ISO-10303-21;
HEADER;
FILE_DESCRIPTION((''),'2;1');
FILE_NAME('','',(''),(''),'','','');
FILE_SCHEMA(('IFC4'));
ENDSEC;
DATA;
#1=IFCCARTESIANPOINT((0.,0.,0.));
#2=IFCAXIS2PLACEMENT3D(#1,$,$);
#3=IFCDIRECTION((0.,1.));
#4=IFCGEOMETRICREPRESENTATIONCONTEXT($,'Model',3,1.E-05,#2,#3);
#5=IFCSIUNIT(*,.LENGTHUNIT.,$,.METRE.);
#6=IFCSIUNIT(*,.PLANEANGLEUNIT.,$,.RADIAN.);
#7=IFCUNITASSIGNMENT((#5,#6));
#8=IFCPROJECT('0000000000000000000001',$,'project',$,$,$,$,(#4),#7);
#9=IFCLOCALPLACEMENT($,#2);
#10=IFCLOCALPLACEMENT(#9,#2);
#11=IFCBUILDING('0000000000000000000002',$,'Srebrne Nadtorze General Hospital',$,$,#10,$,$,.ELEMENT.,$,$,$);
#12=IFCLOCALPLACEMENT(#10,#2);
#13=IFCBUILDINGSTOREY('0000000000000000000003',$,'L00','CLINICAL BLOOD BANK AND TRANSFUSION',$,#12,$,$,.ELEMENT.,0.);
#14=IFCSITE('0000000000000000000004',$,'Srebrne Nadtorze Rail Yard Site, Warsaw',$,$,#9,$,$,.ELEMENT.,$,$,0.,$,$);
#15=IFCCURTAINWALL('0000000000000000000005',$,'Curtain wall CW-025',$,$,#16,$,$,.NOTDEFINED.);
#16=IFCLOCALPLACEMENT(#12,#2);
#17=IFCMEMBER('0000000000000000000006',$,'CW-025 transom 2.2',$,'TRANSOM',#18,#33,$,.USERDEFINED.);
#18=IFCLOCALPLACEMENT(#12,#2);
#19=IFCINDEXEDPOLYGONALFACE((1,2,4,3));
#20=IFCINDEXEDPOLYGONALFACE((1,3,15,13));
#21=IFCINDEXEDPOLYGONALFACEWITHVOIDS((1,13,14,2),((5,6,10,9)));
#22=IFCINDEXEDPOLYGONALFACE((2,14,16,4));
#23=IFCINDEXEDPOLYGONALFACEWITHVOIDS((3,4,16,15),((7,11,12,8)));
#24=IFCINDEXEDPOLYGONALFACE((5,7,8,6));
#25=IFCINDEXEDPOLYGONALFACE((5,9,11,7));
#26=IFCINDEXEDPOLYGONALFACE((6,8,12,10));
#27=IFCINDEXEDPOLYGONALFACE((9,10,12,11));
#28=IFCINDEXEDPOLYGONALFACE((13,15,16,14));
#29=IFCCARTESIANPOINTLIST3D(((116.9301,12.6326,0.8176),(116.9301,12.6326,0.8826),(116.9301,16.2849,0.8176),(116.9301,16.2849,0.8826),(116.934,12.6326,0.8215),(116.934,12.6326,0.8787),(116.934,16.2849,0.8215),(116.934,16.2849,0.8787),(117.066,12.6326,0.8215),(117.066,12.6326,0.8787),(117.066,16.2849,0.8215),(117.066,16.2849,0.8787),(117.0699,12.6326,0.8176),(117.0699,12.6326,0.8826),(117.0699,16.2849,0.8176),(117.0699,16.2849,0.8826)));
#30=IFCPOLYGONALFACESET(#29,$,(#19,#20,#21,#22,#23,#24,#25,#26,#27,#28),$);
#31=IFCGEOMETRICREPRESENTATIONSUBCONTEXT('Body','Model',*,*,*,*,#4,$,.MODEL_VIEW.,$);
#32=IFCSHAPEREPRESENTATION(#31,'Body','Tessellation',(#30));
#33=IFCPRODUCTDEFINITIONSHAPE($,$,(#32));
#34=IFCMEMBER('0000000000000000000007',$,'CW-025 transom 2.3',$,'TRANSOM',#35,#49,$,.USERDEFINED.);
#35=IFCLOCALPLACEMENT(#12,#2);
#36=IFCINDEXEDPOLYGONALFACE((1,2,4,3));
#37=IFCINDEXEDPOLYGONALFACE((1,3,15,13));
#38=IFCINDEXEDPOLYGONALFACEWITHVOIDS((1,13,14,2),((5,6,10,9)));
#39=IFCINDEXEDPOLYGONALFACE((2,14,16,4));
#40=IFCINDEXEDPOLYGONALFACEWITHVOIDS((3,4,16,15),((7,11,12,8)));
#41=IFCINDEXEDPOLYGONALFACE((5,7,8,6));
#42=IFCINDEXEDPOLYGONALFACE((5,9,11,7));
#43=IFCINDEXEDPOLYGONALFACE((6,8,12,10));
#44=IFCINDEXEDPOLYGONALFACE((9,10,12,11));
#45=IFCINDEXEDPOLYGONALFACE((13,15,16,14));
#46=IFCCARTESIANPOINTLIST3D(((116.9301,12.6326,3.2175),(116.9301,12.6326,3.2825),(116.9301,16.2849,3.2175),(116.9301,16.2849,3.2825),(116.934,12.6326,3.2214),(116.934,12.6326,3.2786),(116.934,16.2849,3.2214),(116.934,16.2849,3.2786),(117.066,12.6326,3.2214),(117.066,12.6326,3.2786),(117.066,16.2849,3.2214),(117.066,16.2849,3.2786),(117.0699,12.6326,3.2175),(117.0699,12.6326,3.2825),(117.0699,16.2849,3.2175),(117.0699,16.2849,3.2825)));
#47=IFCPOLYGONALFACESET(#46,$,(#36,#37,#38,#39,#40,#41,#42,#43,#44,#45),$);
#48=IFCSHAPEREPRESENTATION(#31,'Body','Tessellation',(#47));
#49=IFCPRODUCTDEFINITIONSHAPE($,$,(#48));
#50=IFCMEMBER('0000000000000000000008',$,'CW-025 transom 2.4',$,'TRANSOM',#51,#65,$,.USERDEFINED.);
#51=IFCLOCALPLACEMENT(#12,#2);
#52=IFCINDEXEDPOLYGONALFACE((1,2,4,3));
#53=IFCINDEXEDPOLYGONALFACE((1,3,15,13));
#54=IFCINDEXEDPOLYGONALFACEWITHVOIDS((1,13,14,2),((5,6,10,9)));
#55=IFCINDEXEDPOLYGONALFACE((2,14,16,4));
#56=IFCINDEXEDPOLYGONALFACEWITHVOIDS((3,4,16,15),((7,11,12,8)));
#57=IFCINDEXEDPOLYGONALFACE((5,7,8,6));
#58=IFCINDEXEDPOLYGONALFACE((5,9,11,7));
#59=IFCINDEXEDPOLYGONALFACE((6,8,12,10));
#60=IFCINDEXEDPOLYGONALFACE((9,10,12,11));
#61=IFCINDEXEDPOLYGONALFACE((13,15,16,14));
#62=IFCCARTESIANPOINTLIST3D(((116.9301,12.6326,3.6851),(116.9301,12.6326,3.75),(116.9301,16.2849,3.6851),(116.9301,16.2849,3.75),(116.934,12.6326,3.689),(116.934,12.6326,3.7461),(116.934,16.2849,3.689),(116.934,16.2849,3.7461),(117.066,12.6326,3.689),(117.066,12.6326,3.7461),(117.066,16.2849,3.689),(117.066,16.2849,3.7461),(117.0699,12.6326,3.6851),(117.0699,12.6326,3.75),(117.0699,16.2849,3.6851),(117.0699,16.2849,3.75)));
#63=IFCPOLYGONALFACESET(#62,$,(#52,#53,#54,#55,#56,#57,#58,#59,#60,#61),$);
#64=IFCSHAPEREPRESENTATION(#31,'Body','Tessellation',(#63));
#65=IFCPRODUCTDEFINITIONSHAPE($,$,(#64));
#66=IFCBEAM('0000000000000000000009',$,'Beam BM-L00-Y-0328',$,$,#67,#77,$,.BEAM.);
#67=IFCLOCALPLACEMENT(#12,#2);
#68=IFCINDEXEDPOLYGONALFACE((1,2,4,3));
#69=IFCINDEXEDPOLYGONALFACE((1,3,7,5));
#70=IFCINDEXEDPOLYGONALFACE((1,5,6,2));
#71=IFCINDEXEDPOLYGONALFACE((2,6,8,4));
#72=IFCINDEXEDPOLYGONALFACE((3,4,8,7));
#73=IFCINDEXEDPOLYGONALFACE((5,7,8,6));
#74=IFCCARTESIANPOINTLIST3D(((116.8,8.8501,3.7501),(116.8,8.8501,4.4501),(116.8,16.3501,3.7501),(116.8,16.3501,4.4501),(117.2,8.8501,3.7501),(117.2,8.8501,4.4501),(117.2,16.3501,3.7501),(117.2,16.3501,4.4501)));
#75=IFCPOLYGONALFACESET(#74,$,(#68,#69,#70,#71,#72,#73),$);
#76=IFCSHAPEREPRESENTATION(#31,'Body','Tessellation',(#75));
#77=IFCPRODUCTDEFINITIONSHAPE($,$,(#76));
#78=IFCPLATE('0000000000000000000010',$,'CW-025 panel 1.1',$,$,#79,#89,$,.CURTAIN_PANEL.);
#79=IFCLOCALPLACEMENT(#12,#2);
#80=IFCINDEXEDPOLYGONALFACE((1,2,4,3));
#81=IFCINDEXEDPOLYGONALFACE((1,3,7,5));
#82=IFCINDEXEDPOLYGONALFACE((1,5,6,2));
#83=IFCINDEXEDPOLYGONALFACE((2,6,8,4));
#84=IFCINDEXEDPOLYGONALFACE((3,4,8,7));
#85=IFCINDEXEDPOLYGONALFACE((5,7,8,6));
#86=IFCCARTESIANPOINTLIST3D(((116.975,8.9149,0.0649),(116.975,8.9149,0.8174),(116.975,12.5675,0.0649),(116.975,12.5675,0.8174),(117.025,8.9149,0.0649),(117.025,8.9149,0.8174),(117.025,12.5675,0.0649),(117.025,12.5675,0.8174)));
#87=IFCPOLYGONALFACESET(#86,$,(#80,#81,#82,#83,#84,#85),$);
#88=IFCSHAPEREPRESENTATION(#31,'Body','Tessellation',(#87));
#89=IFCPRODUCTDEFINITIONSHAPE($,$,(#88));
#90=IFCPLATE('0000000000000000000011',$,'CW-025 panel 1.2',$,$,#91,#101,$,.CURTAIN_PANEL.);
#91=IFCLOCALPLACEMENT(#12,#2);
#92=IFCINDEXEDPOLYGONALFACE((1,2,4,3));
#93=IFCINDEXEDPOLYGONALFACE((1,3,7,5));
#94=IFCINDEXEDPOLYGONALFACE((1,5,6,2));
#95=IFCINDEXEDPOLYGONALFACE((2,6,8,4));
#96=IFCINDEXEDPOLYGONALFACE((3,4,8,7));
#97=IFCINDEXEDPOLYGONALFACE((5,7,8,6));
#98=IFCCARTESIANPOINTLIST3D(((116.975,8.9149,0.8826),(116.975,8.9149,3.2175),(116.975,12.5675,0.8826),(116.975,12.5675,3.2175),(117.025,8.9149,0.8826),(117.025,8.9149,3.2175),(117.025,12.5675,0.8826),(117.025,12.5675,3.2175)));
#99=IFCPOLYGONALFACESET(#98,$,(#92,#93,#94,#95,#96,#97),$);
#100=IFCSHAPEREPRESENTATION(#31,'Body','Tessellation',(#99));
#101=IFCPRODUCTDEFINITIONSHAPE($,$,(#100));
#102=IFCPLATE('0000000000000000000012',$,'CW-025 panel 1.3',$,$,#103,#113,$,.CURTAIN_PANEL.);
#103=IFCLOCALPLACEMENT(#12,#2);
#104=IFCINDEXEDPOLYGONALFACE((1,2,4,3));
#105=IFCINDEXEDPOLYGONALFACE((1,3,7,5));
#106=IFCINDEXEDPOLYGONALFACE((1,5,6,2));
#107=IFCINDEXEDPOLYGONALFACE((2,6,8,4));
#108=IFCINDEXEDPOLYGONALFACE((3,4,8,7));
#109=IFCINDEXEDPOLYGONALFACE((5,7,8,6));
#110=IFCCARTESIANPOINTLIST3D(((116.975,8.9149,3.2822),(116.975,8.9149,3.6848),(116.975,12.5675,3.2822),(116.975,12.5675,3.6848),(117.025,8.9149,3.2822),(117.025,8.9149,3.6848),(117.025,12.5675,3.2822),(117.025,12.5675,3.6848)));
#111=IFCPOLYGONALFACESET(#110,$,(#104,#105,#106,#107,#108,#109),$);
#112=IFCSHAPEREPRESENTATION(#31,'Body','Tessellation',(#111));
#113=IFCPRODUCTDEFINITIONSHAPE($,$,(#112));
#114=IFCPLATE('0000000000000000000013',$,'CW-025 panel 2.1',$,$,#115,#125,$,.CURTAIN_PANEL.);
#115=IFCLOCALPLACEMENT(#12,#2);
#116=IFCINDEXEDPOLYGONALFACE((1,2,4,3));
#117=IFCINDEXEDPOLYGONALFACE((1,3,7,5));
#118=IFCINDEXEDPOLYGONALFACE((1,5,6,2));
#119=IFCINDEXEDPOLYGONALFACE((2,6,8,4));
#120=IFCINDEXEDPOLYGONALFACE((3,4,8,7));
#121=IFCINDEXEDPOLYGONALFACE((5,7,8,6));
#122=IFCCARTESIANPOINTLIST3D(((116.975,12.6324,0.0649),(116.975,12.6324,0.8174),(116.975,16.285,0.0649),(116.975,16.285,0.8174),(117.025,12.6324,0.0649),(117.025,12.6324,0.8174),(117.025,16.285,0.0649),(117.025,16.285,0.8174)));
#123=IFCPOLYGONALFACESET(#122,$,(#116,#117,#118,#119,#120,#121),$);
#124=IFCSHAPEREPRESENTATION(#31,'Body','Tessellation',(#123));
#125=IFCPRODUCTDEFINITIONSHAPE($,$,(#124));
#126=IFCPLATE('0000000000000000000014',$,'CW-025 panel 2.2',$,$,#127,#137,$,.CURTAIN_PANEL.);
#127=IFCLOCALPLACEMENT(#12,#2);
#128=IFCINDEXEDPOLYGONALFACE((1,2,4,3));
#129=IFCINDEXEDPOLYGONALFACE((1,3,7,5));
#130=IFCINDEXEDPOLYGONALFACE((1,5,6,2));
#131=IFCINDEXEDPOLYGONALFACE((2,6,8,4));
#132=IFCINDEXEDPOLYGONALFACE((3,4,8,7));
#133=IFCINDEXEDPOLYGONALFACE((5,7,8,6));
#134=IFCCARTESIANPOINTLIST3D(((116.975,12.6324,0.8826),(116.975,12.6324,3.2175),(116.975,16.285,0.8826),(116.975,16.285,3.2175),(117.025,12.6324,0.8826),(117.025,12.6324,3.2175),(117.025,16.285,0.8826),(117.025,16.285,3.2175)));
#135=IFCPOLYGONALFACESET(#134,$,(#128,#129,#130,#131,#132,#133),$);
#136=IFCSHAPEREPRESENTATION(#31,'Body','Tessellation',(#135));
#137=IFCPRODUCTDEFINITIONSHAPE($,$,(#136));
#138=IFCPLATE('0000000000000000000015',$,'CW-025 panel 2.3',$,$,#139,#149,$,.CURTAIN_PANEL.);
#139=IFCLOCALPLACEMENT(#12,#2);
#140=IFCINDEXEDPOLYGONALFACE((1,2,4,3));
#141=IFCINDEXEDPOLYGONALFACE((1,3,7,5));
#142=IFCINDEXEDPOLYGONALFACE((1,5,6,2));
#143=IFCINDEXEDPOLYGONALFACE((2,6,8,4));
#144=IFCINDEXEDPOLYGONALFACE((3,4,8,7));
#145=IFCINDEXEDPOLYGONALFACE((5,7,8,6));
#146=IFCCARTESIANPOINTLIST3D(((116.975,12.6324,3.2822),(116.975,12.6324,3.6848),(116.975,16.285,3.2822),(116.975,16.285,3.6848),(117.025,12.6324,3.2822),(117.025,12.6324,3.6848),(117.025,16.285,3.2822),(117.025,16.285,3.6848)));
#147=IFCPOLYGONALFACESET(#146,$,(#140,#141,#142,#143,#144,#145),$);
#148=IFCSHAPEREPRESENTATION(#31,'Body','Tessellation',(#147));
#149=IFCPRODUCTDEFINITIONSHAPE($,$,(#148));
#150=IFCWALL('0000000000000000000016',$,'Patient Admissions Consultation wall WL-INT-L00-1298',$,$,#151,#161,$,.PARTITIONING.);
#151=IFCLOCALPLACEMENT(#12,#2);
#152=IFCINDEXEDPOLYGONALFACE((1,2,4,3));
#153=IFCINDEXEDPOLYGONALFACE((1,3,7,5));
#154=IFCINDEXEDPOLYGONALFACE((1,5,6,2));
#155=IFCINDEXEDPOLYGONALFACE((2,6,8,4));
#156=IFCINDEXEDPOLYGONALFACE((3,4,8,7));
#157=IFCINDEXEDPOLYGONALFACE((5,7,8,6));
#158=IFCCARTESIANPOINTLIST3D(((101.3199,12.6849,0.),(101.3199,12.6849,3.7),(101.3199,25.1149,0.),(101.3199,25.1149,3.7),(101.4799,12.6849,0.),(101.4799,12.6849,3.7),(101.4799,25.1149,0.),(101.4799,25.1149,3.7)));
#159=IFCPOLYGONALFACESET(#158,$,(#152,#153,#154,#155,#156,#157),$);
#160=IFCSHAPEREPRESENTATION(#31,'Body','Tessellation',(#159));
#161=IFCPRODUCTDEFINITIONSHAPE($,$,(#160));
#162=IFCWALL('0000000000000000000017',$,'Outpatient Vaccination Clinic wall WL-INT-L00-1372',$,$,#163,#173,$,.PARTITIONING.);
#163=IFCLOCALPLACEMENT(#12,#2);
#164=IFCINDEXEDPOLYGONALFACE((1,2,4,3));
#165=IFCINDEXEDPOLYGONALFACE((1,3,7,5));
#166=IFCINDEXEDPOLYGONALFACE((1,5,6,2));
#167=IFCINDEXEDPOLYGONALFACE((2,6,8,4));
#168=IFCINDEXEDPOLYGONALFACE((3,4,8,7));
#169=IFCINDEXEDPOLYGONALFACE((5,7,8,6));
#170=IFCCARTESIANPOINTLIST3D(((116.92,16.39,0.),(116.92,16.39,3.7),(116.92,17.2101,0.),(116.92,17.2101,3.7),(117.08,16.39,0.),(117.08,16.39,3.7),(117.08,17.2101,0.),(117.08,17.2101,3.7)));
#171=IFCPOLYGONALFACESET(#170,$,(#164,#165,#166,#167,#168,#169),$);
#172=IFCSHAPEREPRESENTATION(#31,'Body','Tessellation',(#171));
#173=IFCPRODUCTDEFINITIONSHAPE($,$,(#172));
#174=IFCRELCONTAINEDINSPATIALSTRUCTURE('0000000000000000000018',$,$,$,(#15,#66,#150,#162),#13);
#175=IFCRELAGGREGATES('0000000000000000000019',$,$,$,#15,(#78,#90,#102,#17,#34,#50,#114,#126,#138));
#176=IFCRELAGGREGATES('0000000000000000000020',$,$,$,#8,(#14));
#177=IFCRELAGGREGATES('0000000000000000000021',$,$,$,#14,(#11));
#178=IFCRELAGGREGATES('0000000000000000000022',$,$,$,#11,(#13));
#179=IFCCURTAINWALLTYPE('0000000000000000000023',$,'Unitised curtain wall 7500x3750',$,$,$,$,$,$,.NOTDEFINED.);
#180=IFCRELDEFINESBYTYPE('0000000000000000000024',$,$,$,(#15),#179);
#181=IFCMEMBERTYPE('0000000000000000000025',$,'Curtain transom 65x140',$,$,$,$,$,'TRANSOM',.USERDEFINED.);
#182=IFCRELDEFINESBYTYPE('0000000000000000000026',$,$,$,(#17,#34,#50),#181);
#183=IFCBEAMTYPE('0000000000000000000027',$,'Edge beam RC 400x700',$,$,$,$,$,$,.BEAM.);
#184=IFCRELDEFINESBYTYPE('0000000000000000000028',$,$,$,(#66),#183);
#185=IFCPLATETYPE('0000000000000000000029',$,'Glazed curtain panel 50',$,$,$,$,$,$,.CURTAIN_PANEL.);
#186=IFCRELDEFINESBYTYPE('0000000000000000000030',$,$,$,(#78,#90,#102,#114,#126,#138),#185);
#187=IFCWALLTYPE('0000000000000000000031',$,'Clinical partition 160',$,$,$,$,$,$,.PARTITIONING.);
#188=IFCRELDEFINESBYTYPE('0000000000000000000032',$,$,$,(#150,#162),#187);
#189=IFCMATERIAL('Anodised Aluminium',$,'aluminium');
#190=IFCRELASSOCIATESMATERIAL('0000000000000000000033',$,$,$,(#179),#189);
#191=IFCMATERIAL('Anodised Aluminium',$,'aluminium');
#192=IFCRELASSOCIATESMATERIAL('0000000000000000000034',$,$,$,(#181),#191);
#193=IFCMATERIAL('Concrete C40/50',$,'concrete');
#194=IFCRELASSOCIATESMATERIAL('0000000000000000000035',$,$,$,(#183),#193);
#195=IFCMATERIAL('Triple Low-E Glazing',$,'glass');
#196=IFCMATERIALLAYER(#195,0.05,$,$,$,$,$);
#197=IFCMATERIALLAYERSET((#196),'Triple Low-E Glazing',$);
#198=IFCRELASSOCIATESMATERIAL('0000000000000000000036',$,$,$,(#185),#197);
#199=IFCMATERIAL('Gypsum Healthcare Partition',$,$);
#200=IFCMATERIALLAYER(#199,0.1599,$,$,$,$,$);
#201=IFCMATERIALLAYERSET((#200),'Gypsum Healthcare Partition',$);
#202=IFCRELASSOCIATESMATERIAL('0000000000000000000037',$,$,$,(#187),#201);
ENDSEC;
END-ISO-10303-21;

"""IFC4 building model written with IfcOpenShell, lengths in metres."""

from ifc_helpers import new_model, si_unit, direction, frame, frame_2d, origin, origin_2d, place, context, subcontext, project, spatial, rectangle, hollow_rectangle, extrude, material, layer, layer_set, material_profile, profile_set, type_object, element, aggregate, save


model = new_model("IFC4")

# Units and contexts
model_context = context("Model", 3, precision=1e-05, world=origin(), true_north=direction((0.0, 1.0)))
body_context = subcontext(model_context, "Body", "Model", "MODEL_VIEW")
ifc_project = project(units=[si_unit("LENGTHUNIT", "METRE"), si_unit("PLANEANGLEUNIT", "RADIAN")], contexts=[model_context])

# Site, building, storey
site_placement = place(None, origin())
site = spatial("IfcSite", under=ifc_project, at=site_placement, Name="Srebrne Nadtorze Rail Yard Site, Warsaw", CompositionType="ELEMENT", RefElevation=0.0)
building_placement = place(site_placement, origin())
building = spatial("IfcBuilding", under=site, at=building_placement, Name="Srebrne Nadtorze General Hospital", CompositionType="ELEMENT")
storey_placement = place(building_placement, origin())
storey = spatial("IfcBuildingStorey", under=building, at=storey_placement, Name="L00", Description="CLINICAL BLOOD BANK AND TRANSFUSION", CompositionType="ELEMENT", Elevation=0.0)

# Curtain wall
ifc_material_1 = material(Name="Anodised Aluminium", Category="aluminium")
curtain_wall_type_1 = type_object("IfcCurtainWallType", Name="Unitised curtain wall 7500x3750", PredefinedType="NOTDEFINED", material=ifc_material_1)
curtain_wall_1_placement = place(storey_placement, origin())
curtain_wall_1 = element("IfcCurtainWall", 1, at=curtain_wall_1_placement, inside=storey, type_object=curtain_wall_type_1, Name="Curtain wall CW-025", PredefinedType="NOTDEFINED")

# Shared definitions
ifc_material_2 = material(Name="Anodised Aluminium", Category="aluminium")
ifc_material_profile_1 = material_profile(ifc_material_2, hollow_rectangle(XDim=0.0649, YDim=0.1399, WallThickness=0.0039, at=origin_2d()), Name="AL-TRN-65x140")
ifc_profile_set_1 = profile_set([ifc_material_profile_1], Name="Anodised Aluminium")
member_type_1 = type_object("IfcMemberType", Name="Curtain transom 65x140", ElementType="TRANSOM", PredefinedType="USERDEFINED", material=ifc_profile_set_1)

# Members
member_1_placement = place(storey_placement, frame((117.0, 12.6326, 0.8501), z_axis=(0.0, 1.0, 0.0), x_axis=(0.0, 0.0, 1.0)))
member_1 = element("IfcMember", 2, at=member_1_placement, type_object=member_type_1, Name="CW-025 transom 2.2", ObjectType="TRANSOM", PredefinedType="USERDEFINED", context=body_context, shape_type="SweptSolid", body=[
    extrude(hollow_rectangle(XDim=0.0649, YDim=0.1399, WallThickness=0.0039, at=origin_2d()), origin(), (0.0, 0.0, 1.0), 3.6523),
])
member_2_placement = place(storey_placement, frame((117.0, 12.6326, 3.25), z_axis=(0.0, 1.0, 0.0), x_axis=(0.0, 0.0, 1.0)))
member_2 = element("IfcMember", 3, at=member_2_placement, type_object=member_type_1, Name="CW-025 transom 2.3", ObjectType="TRANSOM", PredefinedType="USERDEFINED", context=body_context, shape_type="SweptSolid", body=[
    extrude(hollow_rectangle(XDim=0.0649, YDim=0.1399, WallThickness=0.0039, at=origin_2d()), origin(), (0.0, 0.0, 1.0), 3.6523),
])
member_3_placement = place(storey_placement, frame((117.0, 12.6326, 3.7175), z_axis=(0.0, 1.0, 0.0), x_axis=(0.0, 0.0, 1.0)))
member_3 = element("IfcMember", 4, at=member_3_placement, type_object=member_type_1, Name="CW-025 transom 2.4", ObjectType="TRANSOM", PredefinedType="USERDEFINED", context=body_context, shape_type="SweptSolid", body=[
    extrude(hollow_rectangle(XDim=0.0649, YDim=0.1399, WallThickness=0.0039, at=origin_2d()), origin(), (0.0, 0.0, 1.0), 3.6523),
])

# Beam
ifc_material_3 = material(Name="Concrete C40/50", Category="concrete")
ifc_material_profile_2 = material_profile(ifc_material_3, rectangle(XDim=0.3999, YDim=0.7, at=origin_2d()), Name="RC-BM-400x700")
ifc_profile_set_2 = profile_set([ifc_material_profile_2], Name="Concrete C40/50")
beam_type = type_object("IfcBeamType", Name="Edge beam RC 400x700", PredefinedType="BEAM", material=ifc_profile_set_2)
beam_placement = place(storey_placement, frame((117.0, 8.8501, 4.1001), z_axis=(0.0, 1.0, 0.0), x_axis=(-1.0, 0.0, 0.0)))
element("IfcBeam", 5, at=beam_placement, inside=storey, type_object=beam_type, Name="Beam BM-L00-Y-0328", PredefinedType="BEAM", context=body_context, shape_type="SweptSolid", body=[
    extrude(rectangle(XDim=0.3999, YDim=0.7, at=origin_2d()), origin(), (0.0, 0.0, 1.0), 7.5),
])

# Plates
ifc_material_4 = material(Name="Triple Low-E Glazing", Category="glass")
ifc_layer_1 = layer(ifc_material_4, 0.05)
ifc_layer_set_1 = layer_set([ifc_layer_1], Name="Triple Low-E Glazing")
plate_type = type_object("IfcPlateType", Name="Glazed curtain panel 50", PredefinedType="CURTAIN_PANEL", material=ifc_layer_set_1)
plate_1_placement = place(storey_placement, frame((117.0, 10.7412, 0.0649), z_axis=(0.0, 0.0, 1.0), x_axis=(0.0, 1.0, 0.0)))
plate_1 = element("IfcPlate", 6, at=plate_1_placement, type_object=plate_type, Name="CW-025 panel 1.1", PredefinedType="CURTAIN_PANEL", context=body_context, shape_type="SweptSolid", body=[
    extrude(rectangle(XDim=3.6526, YDim=0.05, at=origin_2d()), origin(), (0.0, 0.0, 1.0), 0.7524),
])
plate_2_placement = place(storey_placement, frame((117.0, 10.7412, 0.8826), z_axis=(0.0, 0.0, 1.0), x_axis=(0.0, 1.0, 0.0)))
plate_2 = element("IfcPlate", 7, at=plate_2_placement, type_object=plate_type, Name="CW-025 panel 1.2", PredefinedType="CURTAIN_PANEL", context=body_context, shape_type="SweptSolid", body=[
    extrude(rectangle(XDim=3.6526, YDim=0.05, at=origin_2d()), origin(), (0.0, 0.0, 1.0), 2.335),
])
plate_3_placement = place(storey_placement, frame((117.0, 10.7412, 3.2822), z_axis=(0.0, 0.0, 1.0), x_axis=(0.0, 1.0, 0.0)))
plate_3 = element("IfcPlate", 8, at=plate_3_placement, type_object=plate_type, Name="CW-025 panel 1.3", PredefinedType="CURTAIN_PANEL", context=body_context, shape_type="SweptSolid", body=[
    extrude(rectangle(XDim=3.6526, YDim=0.05, at=origin_2d()), origin(), (0.0, 0.0, 1.0), 0.4026),
])
plate_4_placement = place(storey_placement, frame((117.0, 14.4587, 0.0649), z_axis=(0.0, 0.0, 1.0), x_axis=(0.0, 1.0, 0.0)))
plate_4 = element("IfcPlate", 9, at=plate_4_placement, type_object=plate_type, Name="CW-025 panel 2.1", PredefinedType="CURTAIN_PANEL", context=body_context, shape_type="SweptSolid", body=[
    extrude(rectangle(XDim=3.6526, YDim=0.05, at=origin_2d()), origin(), (0.0, 0.0, 1.0), 0.7524),
])
plate_5_placement = place(storey_placement, frame((117.0, 14.4587, 0.8826), z_axis=(0.0, 0.0, 1.0), x_axis=(0.0, 1.0, 0.0)))
plate_5 = element("IfcPlate", 10, at=plate_5_placement, type_object=plate_type, Name="CW-025 panel 2.2", PredefinedType="CURTAIN_PANEL", context=body_context, shape_type="SweptSolid", body=[
    extrude(rectangle(XDim=3.6526, YDim=0.05, at=origin_2d()), origin(), (0.0, 0.0, 1.0), 2.335),
])
plate_6_placement = place(storey_placement, frame((117.0, 14.4587, 3.2822), z_axis=(0.0, 0.0, 1.0), x_axis=(0.0, 1.0, 0.0)))
plate_6 = element("IfcPlate", 11, at=plate_6_placement, type_object=plate_type, Name="CW-025 panel 2.3", PredefinedType="CURTAIN_PANEL", context=body_context, shape_type="SweptSolid", body=[
    extrude(rectangle(XDim=3.6526, YDim=0.05, at=origin_2d()), origin(), (0.0, 0.0, 1.0), 0.4026),
])
aggregate(curtain_wall_1, [plate_1, plate_2, plate_3, member_1, member_2, member_3, plate_4, plate_5, plate_6])

# Walls
ifc_material_5 = material(Name="Gypsum Healthcare Partition")
ifc_layer_2 = layer(ifc_material_5, 0.1599)
ifc_layer_set_2 = layer_set([ifc_layer_2], Name="Gypsum Healthcare Partition")
wall_type = type_object("IfcWallType", Name="Clinical partition 160", PredefinedType="PARTITIONING", material=ifc_layer_set_2)
wall_1_placement = place(storey_placement, frame((101.3999, 12.6851, 0.0), z_axis=(0.0, 0.0, 1.0), x_axis=(0.0, 1.0, 0.0)))
element("IfcWall", 12, at=wall_1_placement, inside=storey, type_object=wall_type, Name="Patient Admissions Consultation wall WL-INT-L00-1298", PredefinedType="PARTITIONING", context=body_context, shape_type="SweptSolid", body=[
    extrude(rectangle(XDim=12.4299, YDim=0.1599, at=frame_2d((6.2148, 0.0))), origin(), (0.0, 0.0, 1.0), 3.7),
])
wall_2_placement = place(storey_placement, frame((117.0, 16.3899, 0.0), z_axis=(0.0, 0.0, 1.0), x_axis=(0.0, 1.0, 0.0)))
element("IfcWall", 13, at=wall_2_placement, inside=storey, type_object=wall_type, Name="Outpatient Vaccination Clinic wall WL-INT-L00-1372", PredefinedType="PARTITIONING", context=body_context, shape_type="SweptSolid", body=[
    extrude(rectangle(XDim=0.8201, YDim=0.1599, at=frame_2d((0.4102, 0.0))), origin(), (0.0, 0.0, 1.0), 3.7),
])

save(model, "model.ifc")
